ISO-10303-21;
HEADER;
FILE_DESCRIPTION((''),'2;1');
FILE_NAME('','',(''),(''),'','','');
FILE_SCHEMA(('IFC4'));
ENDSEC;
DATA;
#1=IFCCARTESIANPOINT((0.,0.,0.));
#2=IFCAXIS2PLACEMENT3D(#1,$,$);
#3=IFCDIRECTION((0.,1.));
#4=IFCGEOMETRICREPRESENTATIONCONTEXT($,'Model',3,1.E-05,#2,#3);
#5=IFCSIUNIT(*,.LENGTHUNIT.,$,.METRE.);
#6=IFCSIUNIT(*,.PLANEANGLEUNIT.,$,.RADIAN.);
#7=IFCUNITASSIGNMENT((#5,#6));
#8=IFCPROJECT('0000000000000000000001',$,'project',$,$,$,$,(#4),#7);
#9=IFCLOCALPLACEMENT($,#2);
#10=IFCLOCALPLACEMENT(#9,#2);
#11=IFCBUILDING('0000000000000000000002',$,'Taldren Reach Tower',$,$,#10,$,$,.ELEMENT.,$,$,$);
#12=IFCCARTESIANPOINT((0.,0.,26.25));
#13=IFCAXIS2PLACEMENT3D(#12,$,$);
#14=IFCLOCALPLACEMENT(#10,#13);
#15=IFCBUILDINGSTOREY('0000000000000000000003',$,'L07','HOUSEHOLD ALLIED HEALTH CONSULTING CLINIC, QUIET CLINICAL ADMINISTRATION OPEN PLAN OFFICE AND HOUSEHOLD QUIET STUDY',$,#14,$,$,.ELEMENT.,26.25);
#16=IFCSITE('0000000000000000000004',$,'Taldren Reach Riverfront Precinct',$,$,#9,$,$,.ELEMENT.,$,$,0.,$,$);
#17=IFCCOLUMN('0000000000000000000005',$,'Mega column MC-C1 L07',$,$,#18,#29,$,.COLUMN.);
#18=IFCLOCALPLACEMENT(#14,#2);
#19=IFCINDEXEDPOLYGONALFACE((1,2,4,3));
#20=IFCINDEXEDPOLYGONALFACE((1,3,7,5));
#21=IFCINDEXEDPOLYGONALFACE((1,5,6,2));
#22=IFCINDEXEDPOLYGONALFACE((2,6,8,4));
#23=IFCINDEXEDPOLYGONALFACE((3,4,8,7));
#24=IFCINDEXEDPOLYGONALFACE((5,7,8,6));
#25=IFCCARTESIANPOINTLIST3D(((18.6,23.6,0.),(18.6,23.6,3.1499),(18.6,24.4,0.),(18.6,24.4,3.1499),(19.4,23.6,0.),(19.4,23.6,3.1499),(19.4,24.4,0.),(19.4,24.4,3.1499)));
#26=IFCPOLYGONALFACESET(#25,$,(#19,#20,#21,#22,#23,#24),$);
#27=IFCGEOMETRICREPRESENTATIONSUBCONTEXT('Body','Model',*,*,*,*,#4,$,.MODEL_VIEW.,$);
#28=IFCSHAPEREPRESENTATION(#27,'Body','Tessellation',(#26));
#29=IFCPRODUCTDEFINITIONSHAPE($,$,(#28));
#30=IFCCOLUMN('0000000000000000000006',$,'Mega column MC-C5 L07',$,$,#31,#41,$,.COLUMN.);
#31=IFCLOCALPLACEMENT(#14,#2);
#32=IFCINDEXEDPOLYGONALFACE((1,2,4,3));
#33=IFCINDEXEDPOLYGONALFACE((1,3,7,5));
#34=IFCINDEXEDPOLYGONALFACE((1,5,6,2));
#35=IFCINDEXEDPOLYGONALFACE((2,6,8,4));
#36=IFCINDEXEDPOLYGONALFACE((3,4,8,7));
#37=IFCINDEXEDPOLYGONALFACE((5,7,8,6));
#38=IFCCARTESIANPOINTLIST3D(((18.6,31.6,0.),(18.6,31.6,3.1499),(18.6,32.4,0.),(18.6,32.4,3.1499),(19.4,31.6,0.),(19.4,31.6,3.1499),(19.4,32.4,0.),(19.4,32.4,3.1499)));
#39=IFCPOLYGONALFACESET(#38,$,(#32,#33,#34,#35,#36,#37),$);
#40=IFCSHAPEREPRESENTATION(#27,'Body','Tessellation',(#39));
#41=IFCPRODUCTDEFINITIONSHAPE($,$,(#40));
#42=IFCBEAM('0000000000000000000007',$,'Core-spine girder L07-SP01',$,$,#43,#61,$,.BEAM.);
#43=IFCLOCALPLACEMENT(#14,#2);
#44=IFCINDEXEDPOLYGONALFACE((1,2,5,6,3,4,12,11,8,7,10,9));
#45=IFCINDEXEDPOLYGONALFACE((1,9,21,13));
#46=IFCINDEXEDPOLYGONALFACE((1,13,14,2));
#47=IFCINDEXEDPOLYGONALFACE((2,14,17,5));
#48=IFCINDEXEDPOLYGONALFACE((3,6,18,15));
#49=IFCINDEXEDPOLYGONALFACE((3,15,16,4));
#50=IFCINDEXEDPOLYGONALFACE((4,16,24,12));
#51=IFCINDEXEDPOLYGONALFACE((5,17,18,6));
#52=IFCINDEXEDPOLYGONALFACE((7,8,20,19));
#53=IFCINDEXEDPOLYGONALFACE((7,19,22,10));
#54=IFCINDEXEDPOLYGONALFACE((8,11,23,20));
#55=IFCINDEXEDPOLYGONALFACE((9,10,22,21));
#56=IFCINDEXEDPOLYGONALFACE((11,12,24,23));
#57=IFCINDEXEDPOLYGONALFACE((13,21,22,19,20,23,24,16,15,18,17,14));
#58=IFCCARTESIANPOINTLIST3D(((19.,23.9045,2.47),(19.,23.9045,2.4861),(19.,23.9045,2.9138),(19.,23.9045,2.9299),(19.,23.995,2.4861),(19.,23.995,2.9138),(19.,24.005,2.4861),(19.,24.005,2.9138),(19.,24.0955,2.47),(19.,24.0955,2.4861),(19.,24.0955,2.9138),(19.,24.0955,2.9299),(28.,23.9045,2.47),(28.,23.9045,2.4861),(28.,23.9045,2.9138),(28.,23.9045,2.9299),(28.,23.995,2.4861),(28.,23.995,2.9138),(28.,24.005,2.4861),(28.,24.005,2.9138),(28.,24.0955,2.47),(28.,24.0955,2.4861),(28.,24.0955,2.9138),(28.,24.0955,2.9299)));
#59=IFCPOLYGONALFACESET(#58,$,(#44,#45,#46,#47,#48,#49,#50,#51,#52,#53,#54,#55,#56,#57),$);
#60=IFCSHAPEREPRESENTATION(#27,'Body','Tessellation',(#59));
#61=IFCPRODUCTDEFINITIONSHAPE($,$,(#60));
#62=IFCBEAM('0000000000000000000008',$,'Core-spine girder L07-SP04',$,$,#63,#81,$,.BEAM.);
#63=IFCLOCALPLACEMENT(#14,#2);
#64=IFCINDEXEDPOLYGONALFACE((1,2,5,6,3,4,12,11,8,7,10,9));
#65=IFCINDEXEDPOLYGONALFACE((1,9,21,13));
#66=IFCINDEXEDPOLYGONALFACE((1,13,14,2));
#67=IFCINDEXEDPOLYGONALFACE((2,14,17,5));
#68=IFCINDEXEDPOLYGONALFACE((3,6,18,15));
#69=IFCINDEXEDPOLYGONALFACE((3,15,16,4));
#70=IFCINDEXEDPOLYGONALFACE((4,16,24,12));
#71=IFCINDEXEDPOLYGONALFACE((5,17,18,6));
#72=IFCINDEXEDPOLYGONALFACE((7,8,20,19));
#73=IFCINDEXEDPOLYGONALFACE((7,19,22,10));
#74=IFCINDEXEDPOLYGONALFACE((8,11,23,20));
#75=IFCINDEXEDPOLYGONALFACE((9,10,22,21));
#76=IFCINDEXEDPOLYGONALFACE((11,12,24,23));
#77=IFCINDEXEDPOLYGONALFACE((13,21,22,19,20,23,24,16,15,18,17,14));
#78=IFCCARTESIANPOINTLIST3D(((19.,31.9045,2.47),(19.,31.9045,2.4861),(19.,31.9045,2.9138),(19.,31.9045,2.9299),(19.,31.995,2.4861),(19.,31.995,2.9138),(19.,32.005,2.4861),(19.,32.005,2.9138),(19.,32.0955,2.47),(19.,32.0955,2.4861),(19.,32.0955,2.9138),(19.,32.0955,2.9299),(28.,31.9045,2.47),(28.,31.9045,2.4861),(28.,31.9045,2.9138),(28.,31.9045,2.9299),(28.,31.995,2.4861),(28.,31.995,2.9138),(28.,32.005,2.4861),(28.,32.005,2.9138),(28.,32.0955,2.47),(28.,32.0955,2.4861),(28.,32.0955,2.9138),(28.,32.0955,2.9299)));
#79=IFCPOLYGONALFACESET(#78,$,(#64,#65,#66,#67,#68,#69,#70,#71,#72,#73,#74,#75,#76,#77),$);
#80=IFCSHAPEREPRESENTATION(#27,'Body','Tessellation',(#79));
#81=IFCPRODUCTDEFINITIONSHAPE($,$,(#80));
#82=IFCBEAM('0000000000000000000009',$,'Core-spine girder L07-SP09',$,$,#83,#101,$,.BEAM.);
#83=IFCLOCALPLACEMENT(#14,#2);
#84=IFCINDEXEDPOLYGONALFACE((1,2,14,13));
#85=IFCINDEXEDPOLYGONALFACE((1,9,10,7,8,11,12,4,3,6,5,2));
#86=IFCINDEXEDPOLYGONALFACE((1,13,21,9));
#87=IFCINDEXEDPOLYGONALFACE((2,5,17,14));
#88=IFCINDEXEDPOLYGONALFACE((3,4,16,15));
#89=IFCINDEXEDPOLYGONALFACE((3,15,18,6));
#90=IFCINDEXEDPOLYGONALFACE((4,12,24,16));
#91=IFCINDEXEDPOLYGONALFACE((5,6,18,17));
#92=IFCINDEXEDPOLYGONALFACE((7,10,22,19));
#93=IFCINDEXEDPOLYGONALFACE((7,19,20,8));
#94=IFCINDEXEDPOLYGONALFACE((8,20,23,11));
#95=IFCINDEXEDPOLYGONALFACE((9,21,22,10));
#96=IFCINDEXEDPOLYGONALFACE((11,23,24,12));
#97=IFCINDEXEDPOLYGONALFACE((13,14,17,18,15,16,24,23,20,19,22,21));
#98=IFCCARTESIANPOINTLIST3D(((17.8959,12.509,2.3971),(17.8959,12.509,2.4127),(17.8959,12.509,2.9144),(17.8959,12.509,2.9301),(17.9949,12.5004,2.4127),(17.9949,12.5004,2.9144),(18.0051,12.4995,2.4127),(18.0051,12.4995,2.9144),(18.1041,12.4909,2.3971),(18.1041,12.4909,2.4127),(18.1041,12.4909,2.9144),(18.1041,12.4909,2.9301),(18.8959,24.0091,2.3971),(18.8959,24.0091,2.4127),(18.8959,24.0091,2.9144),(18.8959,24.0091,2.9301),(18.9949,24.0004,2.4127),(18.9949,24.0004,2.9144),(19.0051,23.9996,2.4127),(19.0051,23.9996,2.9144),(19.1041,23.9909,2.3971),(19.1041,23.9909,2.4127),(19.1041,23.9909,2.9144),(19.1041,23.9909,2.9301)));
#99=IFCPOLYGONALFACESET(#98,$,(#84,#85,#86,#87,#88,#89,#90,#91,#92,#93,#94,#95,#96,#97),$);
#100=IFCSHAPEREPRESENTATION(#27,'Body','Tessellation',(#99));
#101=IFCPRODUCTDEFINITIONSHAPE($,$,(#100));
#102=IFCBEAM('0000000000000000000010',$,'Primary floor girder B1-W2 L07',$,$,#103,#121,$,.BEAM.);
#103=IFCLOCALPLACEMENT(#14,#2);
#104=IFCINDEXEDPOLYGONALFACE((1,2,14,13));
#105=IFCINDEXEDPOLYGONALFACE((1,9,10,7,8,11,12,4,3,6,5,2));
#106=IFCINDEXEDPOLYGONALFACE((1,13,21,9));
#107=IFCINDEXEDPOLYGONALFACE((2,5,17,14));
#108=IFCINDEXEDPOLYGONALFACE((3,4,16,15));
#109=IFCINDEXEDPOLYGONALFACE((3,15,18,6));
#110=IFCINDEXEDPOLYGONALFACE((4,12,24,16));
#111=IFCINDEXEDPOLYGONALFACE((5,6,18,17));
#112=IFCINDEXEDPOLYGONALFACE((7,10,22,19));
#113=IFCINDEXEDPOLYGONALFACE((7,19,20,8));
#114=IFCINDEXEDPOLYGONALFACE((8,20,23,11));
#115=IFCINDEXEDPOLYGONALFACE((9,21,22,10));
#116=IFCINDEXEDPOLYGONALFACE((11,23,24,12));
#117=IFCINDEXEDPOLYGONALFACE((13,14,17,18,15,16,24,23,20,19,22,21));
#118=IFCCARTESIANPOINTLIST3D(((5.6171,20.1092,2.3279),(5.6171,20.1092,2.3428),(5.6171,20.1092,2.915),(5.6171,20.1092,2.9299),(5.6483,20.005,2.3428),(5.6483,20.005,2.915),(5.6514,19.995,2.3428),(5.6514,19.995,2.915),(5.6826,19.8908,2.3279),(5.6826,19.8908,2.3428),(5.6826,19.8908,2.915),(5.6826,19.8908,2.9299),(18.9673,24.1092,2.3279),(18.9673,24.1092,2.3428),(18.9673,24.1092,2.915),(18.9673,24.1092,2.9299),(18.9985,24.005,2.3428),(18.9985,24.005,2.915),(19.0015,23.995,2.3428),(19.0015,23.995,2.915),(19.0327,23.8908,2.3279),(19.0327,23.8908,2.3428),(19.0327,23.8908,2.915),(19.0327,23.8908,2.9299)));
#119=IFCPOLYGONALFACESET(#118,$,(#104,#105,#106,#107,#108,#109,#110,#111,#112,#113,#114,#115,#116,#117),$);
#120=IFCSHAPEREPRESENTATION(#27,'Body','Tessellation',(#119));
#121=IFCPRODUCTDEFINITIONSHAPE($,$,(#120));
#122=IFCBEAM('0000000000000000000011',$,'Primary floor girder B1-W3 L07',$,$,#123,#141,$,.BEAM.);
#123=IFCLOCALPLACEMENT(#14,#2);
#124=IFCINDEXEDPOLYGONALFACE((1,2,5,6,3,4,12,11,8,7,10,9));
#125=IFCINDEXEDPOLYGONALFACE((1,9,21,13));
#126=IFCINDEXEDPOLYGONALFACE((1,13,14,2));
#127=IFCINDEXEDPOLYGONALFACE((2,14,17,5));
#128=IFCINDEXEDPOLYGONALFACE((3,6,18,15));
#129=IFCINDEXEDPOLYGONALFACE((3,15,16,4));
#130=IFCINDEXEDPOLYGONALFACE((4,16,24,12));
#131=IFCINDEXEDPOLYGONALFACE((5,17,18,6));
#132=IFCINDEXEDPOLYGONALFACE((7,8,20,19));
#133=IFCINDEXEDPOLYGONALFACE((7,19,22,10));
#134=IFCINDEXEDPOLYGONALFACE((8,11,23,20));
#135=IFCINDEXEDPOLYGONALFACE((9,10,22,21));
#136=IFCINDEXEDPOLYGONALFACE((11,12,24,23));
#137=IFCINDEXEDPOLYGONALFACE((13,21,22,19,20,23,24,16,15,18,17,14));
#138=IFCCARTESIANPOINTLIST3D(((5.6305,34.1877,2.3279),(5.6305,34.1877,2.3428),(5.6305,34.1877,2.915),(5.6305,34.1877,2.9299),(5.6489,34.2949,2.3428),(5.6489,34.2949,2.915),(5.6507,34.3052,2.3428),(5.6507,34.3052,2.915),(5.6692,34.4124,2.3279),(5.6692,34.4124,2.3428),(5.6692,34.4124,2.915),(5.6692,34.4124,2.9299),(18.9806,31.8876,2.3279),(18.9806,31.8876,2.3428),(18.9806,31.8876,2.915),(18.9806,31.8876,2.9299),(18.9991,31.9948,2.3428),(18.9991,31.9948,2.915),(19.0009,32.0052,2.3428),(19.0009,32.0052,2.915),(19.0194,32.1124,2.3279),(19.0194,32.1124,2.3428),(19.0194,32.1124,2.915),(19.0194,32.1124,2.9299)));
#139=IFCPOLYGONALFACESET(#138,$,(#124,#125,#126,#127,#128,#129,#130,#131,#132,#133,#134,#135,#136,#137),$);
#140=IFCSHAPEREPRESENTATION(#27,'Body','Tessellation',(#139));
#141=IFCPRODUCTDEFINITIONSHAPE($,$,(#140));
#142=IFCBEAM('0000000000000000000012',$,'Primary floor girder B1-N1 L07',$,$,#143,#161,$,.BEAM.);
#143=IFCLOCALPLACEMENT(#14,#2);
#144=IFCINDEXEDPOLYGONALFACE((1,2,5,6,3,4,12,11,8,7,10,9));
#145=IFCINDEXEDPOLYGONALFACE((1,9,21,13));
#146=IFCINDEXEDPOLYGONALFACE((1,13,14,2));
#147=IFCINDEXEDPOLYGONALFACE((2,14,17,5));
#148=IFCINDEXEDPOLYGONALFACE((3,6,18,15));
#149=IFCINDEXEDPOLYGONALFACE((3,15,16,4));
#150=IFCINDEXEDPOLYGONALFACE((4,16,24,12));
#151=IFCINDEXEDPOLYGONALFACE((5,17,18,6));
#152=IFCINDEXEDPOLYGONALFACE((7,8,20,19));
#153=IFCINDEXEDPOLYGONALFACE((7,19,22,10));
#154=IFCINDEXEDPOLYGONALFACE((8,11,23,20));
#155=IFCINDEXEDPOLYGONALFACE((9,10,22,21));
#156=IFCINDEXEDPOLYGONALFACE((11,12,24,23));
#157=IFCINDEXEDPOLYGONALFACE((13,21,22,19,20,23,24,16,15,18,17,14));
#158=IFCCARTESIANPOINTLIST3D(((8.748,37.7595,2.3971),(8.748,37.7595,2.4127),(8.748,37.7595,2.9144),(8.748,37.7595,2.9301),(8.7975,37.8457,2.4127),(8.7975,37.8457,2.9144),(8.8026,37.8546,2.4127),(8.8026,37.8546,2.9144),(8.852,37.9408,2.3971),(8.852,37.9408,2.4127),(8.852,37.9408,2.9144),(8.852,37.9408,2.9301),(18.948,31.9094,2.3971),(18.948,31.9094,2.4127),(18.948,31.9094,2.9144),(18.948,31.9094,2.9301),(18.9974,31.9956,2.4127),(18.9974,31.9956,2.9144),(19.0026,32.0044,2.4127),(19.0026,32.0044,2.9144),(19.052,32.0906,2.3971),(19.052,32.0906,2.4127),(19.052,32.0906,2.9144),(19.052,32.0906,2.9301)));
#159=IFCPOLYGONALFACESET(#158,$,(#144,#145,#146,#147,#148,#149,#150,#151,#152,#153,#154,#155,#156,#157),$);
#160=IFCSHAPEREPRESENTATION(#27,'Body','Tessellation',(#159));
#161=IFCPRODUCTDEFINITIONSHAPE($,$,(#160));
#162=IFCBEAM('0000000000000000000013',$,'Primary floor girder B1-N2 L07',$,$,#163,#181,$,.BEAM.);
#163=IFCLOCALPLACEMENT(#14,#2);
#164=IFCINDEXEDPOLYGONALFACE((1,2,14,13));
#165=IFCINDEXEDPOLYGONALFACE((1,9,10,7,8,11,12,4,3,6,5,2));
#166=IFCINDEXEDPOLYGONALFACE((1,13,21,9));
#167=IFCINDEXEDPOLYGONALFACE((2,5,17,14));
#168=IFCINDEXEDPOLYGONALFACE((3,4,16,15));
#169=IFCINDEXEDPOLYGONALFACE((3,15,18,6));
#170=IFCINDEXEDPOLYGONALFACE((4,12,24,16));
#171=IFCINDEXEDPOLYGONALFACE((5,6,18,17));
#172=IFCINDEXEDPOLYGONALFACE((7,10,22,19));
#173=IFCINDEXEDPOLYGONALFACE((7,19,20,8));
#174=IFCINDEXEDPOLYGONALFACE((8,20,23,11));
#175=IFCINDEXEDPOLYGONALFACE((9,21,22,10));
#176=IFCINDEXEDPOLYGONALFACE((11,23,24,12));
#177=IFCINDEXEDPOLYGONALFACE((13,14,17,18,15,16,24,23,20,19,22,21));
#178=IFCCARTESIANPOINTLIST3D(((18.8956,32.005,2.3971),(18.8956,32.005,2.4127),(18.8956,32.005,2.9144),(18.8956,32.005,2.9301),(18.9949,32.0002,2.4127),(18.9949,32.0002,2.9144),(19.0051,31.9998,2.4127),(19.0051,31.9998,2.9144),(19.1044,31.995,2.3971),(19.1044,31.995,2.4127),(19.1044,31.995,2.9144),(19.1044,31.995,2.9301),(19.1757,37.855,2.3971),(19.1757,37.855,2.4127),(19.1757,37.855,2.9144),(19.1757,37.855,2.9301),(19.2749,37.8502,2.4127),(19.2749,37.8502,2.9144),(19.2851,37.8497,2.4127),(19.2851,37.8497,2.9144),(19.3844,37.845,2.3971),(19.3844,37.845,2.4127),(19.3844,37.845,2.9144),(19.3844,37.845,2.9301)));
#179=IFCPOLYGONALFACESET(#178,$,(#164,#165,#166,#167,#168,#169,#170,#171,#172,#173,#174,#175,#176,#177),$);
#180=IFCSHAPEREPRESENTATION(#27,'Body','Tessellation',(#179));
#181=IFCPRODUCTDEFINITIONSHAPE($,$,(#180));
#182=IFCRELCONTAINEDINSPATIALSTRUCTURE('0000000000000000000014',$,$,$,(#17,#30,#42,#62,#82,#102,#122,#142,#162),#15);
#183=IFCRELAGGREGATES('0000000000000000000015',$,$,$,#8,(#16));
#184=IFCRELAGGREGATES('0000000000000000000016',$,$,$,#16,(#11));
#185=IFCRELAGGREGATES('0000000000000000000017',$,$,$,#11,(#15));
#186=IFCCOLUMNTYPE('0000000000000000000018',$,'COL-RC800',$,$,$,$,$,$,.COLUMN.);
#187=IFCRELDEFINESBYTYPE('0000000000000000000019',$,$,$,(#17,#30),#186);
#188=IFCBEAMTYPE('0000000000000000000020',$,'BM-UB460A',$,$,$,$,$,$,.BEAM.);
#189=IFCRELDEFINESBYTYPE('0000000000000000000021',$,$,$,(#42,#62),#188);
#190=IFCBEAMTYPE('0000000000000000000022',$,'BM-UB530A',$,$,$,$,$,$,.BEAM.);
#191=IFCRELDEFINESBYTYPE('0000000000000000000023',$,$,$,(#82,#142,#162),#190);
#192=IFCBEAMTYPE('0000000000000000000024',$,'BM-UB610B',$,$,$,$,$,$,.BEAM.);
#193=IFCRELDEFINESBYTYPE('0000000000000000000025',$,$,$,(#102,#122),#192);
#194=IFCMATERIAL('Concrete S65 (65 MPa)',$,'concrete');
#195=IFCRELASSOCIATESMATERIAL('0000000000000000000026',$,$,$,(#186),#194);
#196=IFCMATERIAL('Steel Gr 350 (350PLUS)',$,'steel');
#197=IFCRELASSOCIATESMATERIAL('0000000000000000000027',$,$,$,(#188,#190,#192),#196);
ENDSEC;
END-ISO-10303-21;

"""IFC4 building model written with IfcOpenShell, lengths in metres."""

from ifc_helpers import new_model, si_unit, direction, frame, origin, origin_2d, place, context, subcontext, project, spatial, rectangle, i_section, extrude, source, transform, mapped, material, material_profile, profile_set, type_object, element, save


model = new_model("IFC4")

# Units and contexts
model_context = context("Model", 3, precision=1e-05, world=origin(), true_north=direction((0.0, 1.0)))
body_context = subcontext(model_context, "Body", "Model", "MODEL_VIEW")
ifc_project = project(units=[si_unit("LENGTHUNIT", "METRE"), si_unit("PLANEANGLEUNIT", "RADIAN")], contexts=[model_context])

# Site, building, storey
site_placement = place(None, origin())
site = spatial("IfcSite", under=ifc_project, at=site_placement, Name="Taldren Reach Riverfront Precinct", CompositionType="ELEMENT", RefElevation=0.0)
building_placement = place(site_placement, origin())
building = spatial("IfcBuilding", under=site, at=building_placement, Name="Taldren Reach Tower", CompositionType="ELEMENT")
storey_placement = place(building_placement, frame((0.0, 0.0, 26.25)))
storey = spatial("IfcBuildingStorey", under=building, at=storey_placement, Name="L07", Description="HOUSEHOLD ALLIED HEALTH CONSULTING CLINIC, QUIET CLINICAL ADMINISTRATION OPEN PLAN OFFICE AND HOUSEHOLD QUIET STUDY", CompositionType="ELEMENT", Elevation=26.25)

# Columns
ifc_material_1 = material(Name="Concrete S65 (65 MPa)", Category="concrete")
ifc_material_profile_1 = material_profile(ifc_material_1, rectangle(XDim=0.8, YDim=0.8, at=origin_2d()), Name="RC-800x800")
ifc_profile_set_1 = profile_set([ifc_material_profile_1], Name="Concrete S65 (65 MPa)")
column_type = type_object("IfcColumnType", Name="COL-RC800", PredefinedType="COLUMN", material=ifc_profile_set_1)
shared_shape_1 = source(origin(), body_context, "Body", "SweptSolid", [
    extrude(rectangle(XDim=0.8, YDim=0.8, at=origin_2d()), origin(), (0.0, 0.0, 1.0), 3.1499),
])
for number, where, z_axis, x_axis, name in (
    (1, (19.0, 24.0, 0.0), (0.0, 0.0, 1.0), (1.0, 0.0, 0.0), "Mega column MC-C1 L07"),
    (2, (19.0, 32.0, 0.0), (0.0, 0.0, 1.0), (1.0, 0.0, 0.0), "Mega column MC-C5 L07"),
):
    element("IfcColumn", number, at=place(storey_placement, frame(where, z_axis=z_axis, x_axis=x_axis)), inside=storey, type_object=column_type, Name=name, PredefinedType="COLUMN", context=body_context, shape_type="MappedRepresentation", body=[
        mapped(shared_shape_1, transform((0.0, 0.0, 0.0), scale=1.0)),
    ])

# Beams
ifc_material_2 = material(Name="Steel Gr 350 (350PLUS)", Category="steel")
ifc_material_profile_2 = material_profile(ifc_material_2, i_section(OverallWidth=0.1909, OverallDepth=0.46, WebThickness=0.01, FlangeThickness=0.0161, at=origin_2d()), Name="460UB82.1")
ifc_profile_set_2 = profile_set([ifc_material_profile_2], Name="Steel Gr 350 (350PLUS)")
beam_type_1 = type_object("IfcBeamType", Name="BM-UB460A", PredefinedType="BEAM", material=ifc_profile_set_2)
shared_shape_2 = source(origin(), body_context, "Body", "SweptSolid", [
    extrude(i_section(OverallWidth=0.1909, OverallDepth=0.46, WebThickness=0.01, FlangeThickness=0.0161, at=origin_2d()), origin(), (0.0, 0.0, 1.0), 9.0),
])
for number, where, z_axis, x_axis, name in (
    (3, (19.0, 24.0, 2.7), (1.0, 0.0, 0.0), (0.0, 1.0, 0.0), "Core-spine girder L07-SP01"),
    (4, (19.0, 32.0, 2.7), (1.0, 0.0, 0.0), (0.0, 1.0, 0.0), "Core-spine girder L07-SP04"),
):
    element("IfcBeam", number, at=place(storey_placement, frame(where, z_axis=z_axis, x_axis=x_axis)), inside=storey, type_object=beam_type_1, Name=name, PredefinedType="BEAM", context=body_context, shape_type="MappedRepresentation", body=[
        mapped(shared_shape_2, transform((0.0, 0.0, 0.0), scale=1.0)),
    ])
ifc_material_profile_3 = material_profile(ifc_material_2, i_section(OverallWidth=0.209, OverallDepth=0.533, WebThickness=0.0103, FlangeThickness=0.0156, at=origin_2d()), Name="530UB92.4")
ifc_profile_set_3 = profile_set([ifc_material_profile_3], Name="Steel Gr 350 (350PLUS)")
beam_type_2 = type_object("IfcBeamType", Name="BM-UB530A", PredefinedType="BEAM", material=ifc_profile_set_3)
shared_shape_3 = source(origin(), body_context, "Body", "SweptSolid", [
    extrude(i_section(OverallWidth=0.209, OverallDepth=0.533, WebThickness=0.0103, FlangeThickness=0.0156, at=origin_2d()), origin(), (0.0, 0.0, 1.0), 11.5435),
])
beam_1_placement = place(storey_placement, frame((19.0, 24.0, 2.6636), z_axis=(-0.08663, -0.996241, 0.0), x_axis=(0.996241, -0.08663, 0.0)))
element("IfcBeam", 5, at=beam_1_placement, inside=storey, type_object=beam_type_2, Name="Core-spine girder L07-SP09", PredefinedType="BEAM", context=body_context, shape_type="MappedRepresentation", body=[
    mapped(shared_shape_3, transform((0.0, 0.0, 0.0), scale=1.0)),
])
ifc_material_profile_4 = material_profile(ifc_material_2, i_section(OverallWidth=0.228, OverallDepth=0.6021, WebThickness=0.0105, FlangeThickness=0.0149, at=origin_2d()), Name="610UB101")
ifc_profile_set_4 = profile_set([ifc_material_profile_4], Name="Steel Gr 350 (350PLUS)")
beam_type_3 = type_object("IfcBeamType", Name="BM-UB610B", PredefinedType="BEAM", material=ifc_profile_set_4)
shared_shape_4 = source(origin(), body_context, "Body", "SweptSolid", [
    extrude(i_section(OverallWidth=0.228, OverallDepth=0.6021, WebThickness=0.0105, FlangeThickness=0.0149, at=origin_2d()), origin(), (0.0, 0.0, 1.0), 13.9365),
])
beam_2_placement = place(storey_placement, frame((19.0, 24.0, 2.6289), z_axis=(-0.957926, -0.287017, 0.0), x_axis=(0.287017, -0.957926, 0.0)))
element("IfcBeam", 6, at=beam_2_placement, inside=storey, type_object=beam_type_3, Name="Primary floor girder B1-W2 L07", PredefinedType="BEAM", context=body_context, shape_type="MappedRepresentation", body=[
    mapped(shared_shape_4, transform((0.0, 0.0, 0.0), scale=1.0)),
])
shared_shape_5 = source(origin(), body_context, "Body", "SweptSolid", [
    extrude(i_section(OverallWidth=0.228, OverallDepth=0.6021, WebThickness=0.0105, FlangeThickness=0.0149, at=origin_2d()), origin(), (0.0, 0.0, 1.0), 13.5469),
])
beam_3_placement = place(storey_placement, frame((19.0, 32.0, 2.6289), z_axis=(-0.985481, 0.169786, 0.0), x_axis=(-0.169786, -0.985481, 0.0)))
element("IfcBeam", 7, at=beam_3_placement, inside=storey, type_object=beam_type_3, Name="Primary floor girder B1-W3 L07", PredefinedType="BEAM", context=body_context, shape_type="MappedRepresentation", body=[
    mapped(shared_shape_5, transform((0.0, 0.0, 0.0), scale=1.0)),
])
shared_shape_6 = source(origin(), body_context, "Body", "SweptSolid", [
    extrude(i_section(OverallWidth=0.209, OverallDepth=0.533, WebThickness=0.0103, FlangeThickness=0.0156, at=origin_2d()), origin(), (0.0, 0.0, 1.0), 11.7585),
])
beam_4_placement = place(storey_placement, frame((19.0, 32.0, 2.6636), z_axis=(-0.867452, 0.49752, 0.0), x_axis=(-0.49752, -0.867452, 0.0)))
element("IfcBeam", 8, at=beam_4_placement, inside=storey, type_object=beam_type_2, Name="Primary floor girder B1-N1 L07", PredefinedType="BEAM", context=body_context, shape_type="MappedRepresentation", body=[
    mapped(shared_shape_6, transform((0.0, 0.0, 0.0), scale=1.0)),
])
shared_shape_7 = source(origin(), body_context, "Body", "SweptSolid", [
    extrude(i_section(OverallWidth=0.209, OverallDepth=0.533, WebThickness=0.0103, FlangeThickness=0.0156, at=origin_2d()), origin(), (0.0, 0.0, 1.0), 5.8567),
])
beam_5_placement = place(storey_placement, frame((19.0, 32.0, 2.6636), z_axis=(0.047813, 0.998856, 0.0), x_axis=(-0.998856, 0.047813, 0.0)))
element("IfcBeam", 9, at=beam_5_placement, inside=storey, type_object=beam_type_2, Name="Primary floor girder B1-N2 L07", PredefinedType="BEAM", context=body_context, shape_type="MappedRepresentation", body=[
    mapped(shared_shape_7, transform((0.0, 0.0, 0.0), scale=1.0)),
])

save(model, "model.ifc")
